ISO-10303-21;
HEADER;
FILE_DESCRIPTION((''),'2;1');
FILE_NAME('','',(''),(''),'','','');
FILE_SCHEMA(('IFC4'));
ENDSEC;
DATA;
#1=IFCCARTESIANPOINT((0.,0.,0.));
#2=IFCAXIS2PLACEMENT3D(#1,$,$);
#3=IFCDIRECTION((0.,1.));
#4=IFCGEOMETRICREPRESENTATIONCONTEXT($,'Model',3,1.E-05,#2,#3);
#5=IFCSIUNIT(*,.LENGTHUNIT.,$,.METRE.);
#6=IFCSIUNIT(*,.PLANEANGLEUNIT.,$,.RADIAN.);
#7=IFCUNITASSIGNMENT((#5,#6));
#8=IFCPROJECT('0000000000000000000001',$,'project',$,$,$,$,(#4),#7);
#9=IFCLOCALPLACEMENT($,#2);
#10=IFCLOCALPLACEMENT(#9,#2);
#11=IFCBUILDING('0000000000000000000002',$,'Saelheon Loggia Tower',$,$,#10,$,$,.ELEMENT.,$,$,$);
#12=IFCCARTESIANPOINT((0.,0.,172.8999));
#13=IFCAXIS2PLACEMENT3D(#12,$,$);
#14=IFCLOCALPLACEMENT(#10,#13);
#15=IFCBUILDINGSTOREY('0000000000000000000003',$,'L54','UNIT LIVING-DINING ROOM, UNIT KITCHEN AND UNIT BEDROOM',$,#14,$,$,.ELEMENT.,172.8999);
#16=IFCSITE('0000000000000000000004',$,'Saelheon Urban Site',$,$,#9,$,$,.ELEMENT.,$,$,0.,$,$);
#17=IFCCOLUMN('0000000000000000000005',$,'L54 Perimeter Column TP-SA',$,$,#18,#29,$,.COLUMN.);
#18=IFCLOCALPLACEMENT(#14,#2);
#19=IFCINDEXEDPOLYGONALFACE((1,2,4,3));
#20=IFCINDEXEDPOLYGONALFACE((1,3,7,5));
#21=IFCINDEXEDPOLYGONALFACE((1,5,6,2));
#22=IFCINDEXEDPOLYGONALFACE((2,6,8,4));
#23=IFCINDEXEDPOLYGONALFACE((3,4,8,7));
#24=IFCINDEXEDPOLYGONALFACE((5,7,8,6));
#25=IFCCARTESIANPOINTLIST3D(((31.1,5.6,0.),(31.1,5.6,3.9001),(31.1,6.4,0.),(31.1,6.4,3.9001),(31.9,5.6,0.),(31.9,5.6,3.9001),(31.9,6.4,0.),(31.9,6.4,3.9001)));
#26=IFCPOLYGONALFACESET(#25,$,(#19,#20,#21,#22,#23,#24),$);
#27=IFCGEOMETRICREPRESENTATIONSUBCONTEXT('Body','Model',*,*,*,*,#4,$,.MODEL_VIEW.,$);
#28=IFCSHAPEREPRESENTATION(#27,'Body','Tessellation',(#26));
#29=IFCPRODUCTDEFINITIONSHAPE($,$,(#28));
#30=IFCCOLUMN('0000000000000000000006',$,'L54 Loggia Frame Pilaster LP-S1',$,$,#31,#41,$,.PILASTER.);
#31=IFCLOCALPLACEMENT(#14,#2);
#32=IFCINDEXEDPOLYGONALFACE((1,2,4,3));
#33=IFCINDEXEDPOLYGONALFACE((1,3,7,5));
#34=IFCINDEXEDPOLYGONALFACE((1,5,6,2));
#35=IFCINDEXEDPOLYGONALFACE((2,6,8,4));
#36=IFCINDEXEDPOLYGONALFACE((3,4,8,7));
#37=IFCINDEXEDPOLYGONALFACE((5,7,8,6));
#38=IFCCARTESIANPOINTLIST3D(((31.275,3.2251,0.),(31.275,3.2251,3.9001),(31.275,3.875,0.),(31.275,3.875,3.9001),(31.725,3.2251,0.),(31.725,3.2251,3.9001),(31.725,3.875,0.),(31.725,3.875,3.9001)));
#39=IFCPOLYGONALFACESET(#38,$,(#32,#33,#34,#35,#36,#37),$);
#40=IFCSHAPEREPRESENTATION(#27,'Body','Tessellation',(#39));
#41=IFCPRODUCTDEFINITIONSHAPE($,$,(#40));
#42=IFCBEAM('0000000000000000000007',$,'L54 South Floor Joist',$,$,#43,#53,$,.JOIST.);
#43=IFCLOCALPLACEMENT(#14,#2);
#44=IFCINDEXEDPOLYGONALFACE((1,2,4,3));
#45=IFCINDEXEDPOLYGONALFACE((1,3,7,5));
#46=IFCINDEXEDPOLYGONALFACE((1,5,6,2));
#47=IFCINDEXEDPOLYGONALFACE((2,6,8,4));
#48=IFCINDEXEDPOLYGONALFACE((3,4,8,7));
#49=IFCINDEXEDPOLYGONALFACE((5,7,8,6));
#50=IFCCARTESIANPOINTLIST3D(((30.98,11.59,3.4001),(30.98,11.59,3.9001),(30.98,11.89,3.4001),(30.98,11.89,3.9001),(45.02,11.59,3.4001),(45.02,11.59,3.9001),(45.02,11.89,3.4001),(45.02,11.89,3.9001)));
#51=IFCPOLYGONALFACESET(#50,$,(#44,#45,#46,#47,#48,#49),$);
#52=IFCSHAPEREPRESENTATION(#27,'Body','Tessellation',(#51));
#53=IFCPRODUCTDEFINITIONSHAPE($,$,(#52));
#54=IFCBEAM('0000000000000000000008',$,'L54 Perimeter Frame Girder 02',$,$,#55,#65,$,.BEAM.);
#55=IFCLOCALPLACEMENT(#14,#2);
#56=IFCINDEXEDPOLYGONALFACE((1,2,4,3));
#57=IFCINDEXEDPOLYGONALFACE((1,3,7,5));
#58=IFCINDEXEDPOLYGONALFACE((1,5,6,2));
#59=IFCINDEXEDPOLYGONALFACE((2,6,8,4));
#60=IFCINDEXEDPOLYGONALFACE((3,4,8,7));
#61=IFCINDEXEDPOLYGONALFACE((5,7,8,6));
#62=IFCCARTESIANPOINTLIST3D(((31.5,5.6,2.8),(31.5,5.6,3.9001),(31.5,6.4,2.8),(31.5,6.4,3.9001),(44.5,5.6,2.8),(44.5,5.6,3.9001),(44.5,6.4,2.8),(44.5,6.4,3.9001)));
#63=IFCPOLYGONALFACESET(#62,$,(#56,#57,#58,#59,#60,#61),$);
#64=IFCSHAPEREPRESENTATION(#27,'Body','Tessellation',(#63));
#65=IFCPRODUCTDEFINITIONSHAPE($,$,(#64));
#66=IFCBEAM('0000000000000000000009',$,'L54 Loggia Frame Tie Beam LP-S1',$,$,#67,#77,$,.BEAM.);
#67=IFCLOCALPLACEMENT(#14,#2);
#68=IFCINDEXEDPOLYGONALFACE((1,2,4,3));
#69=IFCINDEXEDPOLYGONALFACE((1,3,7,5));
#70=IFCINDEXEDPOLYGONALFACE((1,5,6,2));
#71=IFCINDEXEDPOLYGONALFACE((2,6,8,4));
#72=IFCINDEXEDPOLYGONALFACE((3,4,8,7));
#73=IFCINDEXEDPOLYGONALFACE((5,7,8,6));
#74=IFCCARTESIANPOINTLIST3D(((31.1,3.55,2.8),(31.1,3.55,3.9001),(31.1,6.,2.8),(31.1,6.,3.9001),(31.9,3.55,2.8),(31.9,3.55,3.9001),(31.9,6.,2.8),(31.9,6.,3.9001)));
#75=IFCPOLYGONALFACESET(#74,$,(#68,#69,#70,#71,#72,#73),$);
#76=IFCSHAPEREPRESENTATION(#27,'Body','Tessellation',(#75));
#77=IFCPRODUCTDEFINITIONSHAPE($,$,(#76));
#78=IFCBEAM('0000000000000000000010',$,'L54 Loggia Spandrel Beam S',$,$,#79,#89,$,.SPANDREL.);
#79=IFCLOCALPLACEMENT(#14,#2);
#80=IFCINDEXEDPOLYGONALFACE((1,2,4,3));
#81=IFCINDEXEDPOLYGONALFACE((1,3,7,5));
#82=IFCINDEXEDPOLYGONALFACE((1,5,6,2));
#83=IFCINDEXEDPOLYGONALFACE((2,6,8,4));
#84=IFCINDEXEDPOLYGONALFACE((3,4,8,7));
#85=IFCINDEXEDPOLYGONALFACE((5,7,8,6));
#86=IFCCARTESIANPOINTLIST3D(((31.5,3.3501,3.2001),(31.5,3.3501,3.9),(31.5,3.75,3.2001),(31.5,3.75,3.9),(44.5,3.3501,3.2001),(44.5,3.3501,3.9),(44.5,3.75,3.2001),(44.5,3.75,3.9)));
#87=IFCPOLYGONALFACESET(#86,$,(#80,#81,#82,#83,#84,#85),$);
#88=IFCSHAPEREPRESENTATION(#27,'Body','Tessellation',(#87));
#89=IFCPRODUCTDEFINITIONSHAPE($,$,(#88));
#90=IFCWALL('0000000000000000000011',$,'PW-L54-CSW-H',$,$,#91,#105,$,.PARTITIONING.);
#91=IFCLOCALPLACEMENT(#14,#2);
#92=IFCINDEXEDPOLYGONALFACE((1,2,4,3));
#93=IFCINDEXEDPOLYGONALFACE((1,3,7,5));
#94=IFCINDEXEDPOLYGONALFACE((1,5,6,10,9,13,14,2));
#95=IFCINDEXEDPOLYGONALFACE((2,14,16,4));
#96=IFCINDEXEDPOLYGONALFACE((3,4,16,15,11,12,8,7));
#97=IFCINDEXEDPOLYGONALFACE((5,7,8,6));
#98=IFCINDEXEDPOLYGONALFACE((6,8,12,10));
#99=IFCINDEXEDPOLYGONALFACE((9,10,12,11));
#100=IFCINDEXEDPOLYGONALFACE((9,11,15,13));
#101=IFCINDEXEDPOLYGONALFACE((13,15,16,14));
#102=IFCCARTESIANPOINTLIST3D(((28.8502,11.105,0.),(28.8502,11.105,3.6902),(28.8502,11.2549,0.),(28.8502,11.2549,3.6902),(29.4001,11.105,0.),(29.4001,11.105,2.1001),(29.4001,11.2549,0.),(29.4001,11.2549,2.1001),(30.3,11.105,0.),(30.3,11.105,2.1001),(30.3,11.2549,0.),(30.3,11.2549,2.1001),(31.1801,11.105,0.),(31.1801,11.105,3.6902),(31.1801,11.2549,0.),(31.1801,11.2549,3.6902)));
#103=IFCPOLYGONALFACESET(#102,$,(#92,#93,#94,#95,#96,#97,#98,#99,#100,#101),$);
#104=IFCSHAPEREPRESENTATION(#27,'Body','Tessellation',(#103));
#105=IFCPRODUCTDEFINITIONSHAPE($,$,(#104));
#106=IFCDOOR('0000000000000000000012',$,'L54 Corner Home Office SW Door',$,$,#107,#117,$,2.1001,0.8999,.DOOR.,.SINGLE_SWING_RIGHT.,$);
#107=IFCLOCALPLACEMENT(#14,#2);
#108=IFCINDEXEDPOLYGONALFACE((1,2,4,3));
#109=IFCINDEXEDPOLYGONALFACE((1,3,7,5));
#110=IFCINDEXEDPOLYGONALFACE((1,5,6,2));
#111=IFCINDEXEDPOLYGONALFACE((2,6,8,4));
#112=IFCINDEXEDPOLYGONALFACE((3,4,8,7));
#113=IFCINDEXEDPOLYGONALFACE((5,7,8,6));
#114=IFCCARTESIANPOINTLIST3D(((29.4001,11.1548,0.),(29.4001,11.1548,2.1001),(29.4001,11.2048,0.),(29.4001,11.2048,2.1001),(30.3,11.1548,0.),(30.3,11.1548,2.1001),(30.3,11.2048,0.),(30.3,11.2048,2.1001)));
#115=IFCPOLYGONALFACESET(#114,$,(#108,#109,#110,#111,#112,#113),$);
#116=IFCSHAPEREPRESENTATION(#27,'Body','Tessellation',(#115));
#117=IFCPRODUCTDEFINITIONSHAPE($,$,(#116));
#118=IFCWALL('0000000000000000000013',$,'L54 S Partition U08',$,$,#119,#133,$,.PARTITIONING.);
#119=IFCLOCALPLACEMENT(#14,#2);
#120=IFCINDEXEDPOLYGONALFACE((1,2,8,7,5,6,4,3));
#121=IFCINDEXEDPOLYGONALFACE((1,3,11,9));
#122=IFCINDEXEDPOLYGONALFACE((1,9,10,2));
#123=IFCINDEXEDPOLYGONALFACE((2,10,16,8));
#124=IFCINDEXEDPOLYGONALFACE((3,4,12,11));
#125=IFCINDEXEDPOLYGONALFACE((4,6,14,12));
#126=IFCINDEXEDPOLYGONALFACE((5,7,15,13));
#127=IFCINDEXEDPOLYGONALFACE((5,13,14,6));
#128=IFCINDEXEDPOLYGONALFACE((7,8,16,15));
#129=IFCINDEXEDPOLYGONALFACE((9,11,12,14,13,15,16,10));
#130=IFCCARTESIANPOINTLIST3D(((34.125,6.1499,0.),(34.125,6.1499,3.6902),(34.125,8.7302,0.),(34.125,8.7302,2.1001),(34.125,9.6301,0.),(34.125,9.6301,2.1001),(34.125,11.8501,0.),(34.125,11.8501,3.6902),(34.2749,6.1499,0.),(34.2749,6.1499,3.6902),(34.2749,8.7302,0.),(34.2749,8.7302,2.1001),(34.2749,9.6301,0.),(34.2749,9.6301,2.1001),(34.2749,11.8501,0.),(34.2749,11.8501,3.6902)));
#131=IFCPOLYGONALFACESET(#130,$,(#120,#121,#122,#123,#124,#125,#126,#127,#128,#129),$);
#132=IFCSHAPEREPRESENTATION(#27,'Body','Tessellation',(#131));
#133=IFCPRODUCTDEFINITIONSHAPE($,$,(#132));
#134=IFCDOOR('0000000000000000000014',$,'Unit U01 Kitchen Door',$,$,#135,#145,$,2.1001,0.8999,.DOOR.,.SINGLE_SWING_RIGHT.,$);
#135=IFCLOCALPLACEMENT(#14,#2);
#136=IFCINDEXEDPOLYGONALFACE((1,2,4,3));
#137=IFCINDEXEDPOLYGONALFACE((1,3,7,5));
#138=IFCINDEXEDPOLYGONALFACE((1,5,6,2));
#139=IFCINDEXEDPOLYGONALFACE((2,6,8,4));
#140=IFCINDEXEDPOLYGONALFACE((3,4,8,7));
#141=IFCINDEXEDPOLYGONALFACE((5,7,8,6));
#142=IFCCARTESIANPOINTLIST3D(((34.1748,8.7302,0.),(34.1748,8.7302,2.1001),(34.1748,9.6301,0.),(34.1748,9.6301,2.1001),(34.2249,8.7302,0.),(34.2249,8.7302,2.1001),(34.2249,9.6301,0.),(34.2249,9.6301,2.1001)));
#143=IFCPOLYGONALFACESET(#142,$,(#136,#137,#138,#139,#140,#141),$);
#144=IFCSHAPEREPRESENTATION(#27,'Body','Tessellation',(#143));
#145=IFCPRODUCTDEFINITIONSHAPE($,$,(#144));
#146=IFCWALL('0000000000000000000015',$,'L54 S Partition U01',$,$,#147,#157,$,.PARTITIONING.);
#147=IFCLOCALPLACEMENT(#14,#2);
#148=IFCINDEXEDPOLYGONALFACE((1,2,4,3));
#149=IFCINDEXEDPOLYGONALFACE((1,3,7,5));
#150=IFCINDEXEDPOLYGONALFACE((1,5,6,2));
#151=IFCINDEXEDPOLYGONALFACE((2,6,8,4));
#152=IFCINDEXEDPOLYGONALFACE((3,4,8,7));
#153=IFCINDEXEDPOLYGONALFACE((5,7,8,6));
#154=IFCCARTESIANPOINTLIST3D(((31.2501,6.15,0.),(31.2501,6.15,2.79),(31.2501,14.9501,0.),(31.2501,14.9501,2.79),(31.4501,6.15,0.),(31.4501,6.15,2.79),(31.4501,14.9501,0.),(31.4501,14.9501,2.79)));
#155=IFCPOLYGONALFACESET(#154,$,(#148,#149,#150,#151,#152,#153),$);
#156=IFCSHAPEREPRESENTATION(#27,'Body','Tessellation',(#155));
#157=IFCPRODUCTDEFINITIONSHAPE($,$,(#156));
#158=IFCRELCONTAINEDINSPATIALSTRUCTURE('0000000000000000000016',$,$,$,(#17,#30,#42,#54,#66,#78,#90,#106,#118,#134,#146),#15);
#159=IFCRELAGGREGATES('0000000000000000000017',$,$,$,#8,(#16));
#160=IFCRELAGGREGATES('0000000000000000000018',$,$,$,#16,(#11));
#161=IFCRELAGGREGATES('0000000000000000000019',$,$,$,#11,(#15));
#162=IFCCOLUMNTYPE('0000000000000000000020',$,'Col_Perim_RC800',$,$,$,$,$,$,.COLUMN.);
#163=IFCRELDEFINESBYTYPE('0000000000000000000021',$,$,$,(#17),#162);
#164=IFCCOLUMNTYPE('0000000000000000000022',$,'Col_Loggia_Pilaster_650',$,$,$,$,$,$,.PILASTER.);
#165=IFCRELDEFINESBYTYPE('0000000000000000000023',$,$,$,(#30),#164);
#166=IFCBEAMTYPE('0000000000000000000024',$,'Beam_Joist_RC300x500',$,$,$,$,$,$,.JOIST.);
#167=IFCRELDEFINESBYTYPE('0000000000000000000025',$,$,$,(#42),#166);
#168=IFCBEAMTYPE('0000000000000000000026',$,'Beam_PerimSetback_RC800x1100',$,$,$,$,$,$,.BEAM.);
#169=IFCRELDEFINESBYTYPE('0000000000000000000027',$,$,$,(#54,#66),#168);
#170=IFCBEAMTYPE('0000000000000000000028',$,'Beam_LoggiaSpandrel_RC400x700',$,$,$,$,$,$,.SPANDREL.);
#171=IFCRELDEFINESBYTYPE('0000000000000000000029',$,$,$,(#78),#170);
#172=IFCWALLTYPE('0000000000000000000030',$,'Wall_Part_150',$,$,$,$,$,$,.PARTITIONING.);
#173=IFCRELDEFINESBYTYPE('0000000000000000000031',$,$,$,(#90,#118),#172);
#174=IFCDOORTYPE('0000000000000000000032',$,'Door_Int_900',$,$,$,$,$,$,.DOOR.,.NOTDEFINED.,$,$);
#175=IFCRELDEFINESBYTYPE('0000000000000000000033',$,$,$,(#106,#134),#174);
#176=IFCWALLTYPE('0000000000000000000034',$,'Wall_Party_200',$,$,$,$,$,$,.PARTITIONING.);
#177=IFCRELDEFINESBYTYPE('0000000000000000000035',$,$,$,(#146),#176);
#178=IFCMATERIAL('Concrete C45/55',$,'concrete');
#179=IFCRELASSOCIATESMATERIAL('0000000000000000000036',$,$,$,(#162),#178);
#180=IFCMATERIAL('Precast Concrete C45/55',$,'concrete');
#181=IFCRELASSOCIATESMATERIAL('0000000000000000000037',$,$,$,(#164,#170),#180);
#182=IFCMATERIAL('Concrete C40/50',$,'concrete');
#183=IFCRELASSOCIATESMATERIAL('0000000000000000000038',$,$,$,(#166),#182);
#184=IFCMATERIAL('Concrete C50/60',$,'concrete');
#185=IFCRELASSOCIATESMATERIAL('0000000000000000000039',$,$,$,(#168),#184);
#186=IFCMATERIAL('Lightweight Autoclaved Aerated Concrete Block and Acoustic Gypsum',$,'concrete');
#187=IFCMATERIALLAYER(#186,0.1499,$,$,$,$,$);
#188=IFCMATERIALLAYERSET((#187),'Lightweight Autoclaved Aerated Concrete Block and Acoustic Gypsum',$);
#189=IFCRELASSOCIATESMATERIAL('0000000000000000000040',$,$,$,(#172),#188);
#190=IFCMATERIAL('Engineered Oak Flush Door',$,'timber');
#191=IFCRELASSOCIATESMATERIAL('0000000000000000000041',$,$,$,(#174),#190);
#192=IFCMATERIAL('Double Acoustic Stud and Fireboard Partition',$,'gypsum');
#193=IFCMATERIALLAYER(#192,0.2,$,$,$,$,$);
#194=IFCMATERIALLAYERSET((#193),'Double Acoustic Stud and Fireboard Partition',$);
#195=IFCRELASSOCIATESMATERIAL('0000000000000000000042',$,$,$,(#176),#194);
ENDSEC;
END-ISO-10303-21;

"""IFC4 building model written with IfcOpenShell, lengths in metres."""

from ifc_helpers import new_model, si_unit, direction, frame, frame_2d, origin, origin_2d, place, context, subcontext, project, spatial, rectangle, extrude, source, transform, mapped, material, layer, layer_set, material_profile, profile_set, type_object, element, fill, save


model = new_model("IFC4")

# Units and contexts
model_context = context("Model", 3, precision=1e-05, world=origin(), true_north=direction((0.0, 1.0)))
body_context = subcontext(model_context, "Body", "Model", "MODEL_VIEW")
ifc_project = project(units=[si_unit("LENGTHUNIT", "METRE"), si_unit("PLANEANGLEUNIT", "RADIAN")], contexts=[model_context])

# Site, building, storey
site_placement = place(None, origin())
site = spatial("IfcSite", under=ifc_project, at=site_placement, Name="Saelheon Urban Site", CompositionType="ELEMENT", RefElevation=0.0)
building_placement = place(site_placement, origin())
building = spatial("IfcBuilding", under=site, at=building_placement, Name="Saelheon Loggia Tower", CompositionType="ELEMENT")
storey_placement = place(building_placement, frame((0.0, 0.0, 172.8999)))
storey = spatial("IfcBuildingStorey", under=building, at=storey_placement, Name="L54", Description="UNIT LIVING-DINING ROOM, UNIT KITCHEN AND UNIT BEDROOM", CompositionType="ELEMENT", Elevation=172.8999)

# Columns
ifc_material_1 = material(Name="Concrete C45/55", Category="concrete")
ifc_material_profile_1 = material_profile(ifc_material_1, rectangle(XDim=0.8, YDim=0.8, at=origin_2d()), Name="RC-800x800")
ifc_profile_set_1 = profile_set([ifc_material_profile_1], Name="Concrete C45/55")
column_type_1 = type_object("IfcColumnType", Name="Col_Perim_RC800", PredefinedType="COLUMN", material=ifc_profile_set_1)
shared_shape_1 = source(origin(), body_context, "Body", "SweptSolid", [
    extrude(rectangle(XDim=0.8, YDim=0.8, at=origin_2d()), origin(), (0.0, 0.0, 1.0), 3.9001),
])
column_1_placement = place(storey_placement, frame((31.5, 6.0, 0.0), z_axis=(0.0, 0.0, 1.0), x_axis=(1.0, 0.0, 0.0)))
element("IfcColumn", 1, at=column_1_placement, inside=storey, type_object=column_type_1, Name="L54 Perimeter Column TP-SA", PredefinedType="COLUMN", context=body_context, shape_type="MappedRepresentation", body=[
    mapped(shared_shape_1, transform((0.0, 0.0, 0.0), scale=1.0)),
])
ifc_material_2 = material(Name="Precast Concrete C45/55", Category="concrete")
ifc_material_profile_2 = material_profile(ifc_material_2, rectangle(XDim=0.45, YDim=0.6499, at=origin_2d()), Name="RC-450x650")
ifc_profile_set_2 = profile_set([ifc_material_profile_2], Name="Precast Concrete C45/55")
column_type_2 = type_object("IfcColumnType", Name="Col_Loggia_Pilaster_650", PredefinedType="PILASTER", material=ifc_profile_set_2)
shared_shape_2 = source(origin(), body_context, "Body", "SweptSolid", [
    extrude(rectangle(XDim=0.45, YDim=0.6499, at=origin_2d()), origin(), (0.0, 0.0, 1.0), 3.9001),
])
column_2_placement = place(storey_placement, frame((31.5, 3.55, 0.0), z_axis=(0.0, 0.0, 1.0), x_axis=(1.0, 0.0, 0.0)))
element("IfcColumn", 2, at=column_2_placement, inside=storey, type_object=column_type_2, Name="L54 Loggia Frame Pilaster LP-S1", PredefinedType="PILASTER", context=body_context, shape_type="MappedRepresentation", body=[
    mapped(shared_shape_2, transform((0.0, 0.0, 0.0), scale=1.0)),
])

# Beams
ifc_material_3 = material(Name="Concrete C40/50", Category="concrete")
ifc_material_profile_3 = material_profile(ifc_material_3, rectangle(XDim=0.3, YDim=0.5, at=origin_2d()), Name="RC-300x500")
ifc_profile_set_3 = profile_set([ifc_material_profile_3], Name="Concrete C40/50")
beam_type_1 = type_object("IfcBeamType", Name="Beam_Joist_RC300x500", PredefinedType="JOIST", material=ifc_profile_set_3)
shared_shape_3 = source(origin(), body_context, "Body", "SweptSolid", [
    extrude(rectangle(XDim=0.3, YDim=0.5, at=origin_2d()), origin(), (0.0, 0.0, 1.0), 14.04),
])
beam_1_placement = place(storey_placement, frame((30.98, 11.74, 3.6501), z_axis=(1.0, 0.0, 0.0), x_axis=(0.0, 1.0, 0.0)))
element("IfcBeam", 3, at=beam_1_placement, inside=storey, type_object=beam_type_1, Name="L54 South Floor Joist", PredefinedType="JOIST", context=body_context, shape_type="MappedRepresentation", body=[
    mapped(shared_shape_3, transform((0.0, 0.0, 0.0), scale=1.0)),
])
ifc_material_4 = material(Name="Concrete C50/60", Category="concrete")
ifc_material_profile_4 = material_profile(ifc_material_4, rectangle(XDim=0.8, YDim=1.1001, at=origin_2d()), Name="RC-800x1100")
ifc_profile_set_4 = profile_set([ifc_material_profile_4], Name="Concrete C50/60")
beam_type_2 = type_object("IfcBeamType", Name="Beam_PerimSetback_RC800x1100", PredefinedType="BEAM", material=ifc_profile_set_4)
shared_shape_4 = source(origin(), body_context, "Body", "SweptSolid", [
    extrude(rectangle(XDim=0.8, YDim=1.1001, at=origin_2d()), origin(), (0.0, 0.0, 1.0), 13.0),
])
beam_2_placement = place(storey_placement, frame((31.5, 6.0, 3.3501), z_axis=(1.0, 0.0, 0.0), x_axis=(0.0, 1.0, 0.0)))
element("IfcBeam", 4, at=beam_2_placement, inside=storey, type_object=beam_type_2, Name="L54 Perimeter Frame Girder 02", PredefinedType="BEAM", context=body_context, shape_type="MappedRepresentation", body=[
    mapped(shared_shape_4, transform((0.0, 0.0, 0.0), scale=1.0)),
])
shared_shape_5 = source(origin(), body_context, "Body", "SweptSolid", [
    extrude(rectangle(XDim=0.8, YDim=1.1001, at=origin_2d()), origin(), (0.0, 0.0, 1.0), 2.45),
])
beam_3_placement = place(storey_placement, frame((31.5, 6.0, 3.3501), z_axis=(0.0, -1.0, 0.0), x_axis=(1.0, 0.0, 0.0)))
element("IfcBeam", 5, at=beam_3_placement, inside=storey, type_object=beam_type_2, Name="L54 Loggia Frame Tie Beam LP-S1", PredefinedType="BEAM", context=body_context, shape_type="MappedRepresentation", body=[
    mapped(shared_shape_5, transform((0.0, 0.0, 0.0), scale=1.0)),
])
ifc_material_profile_5 = material_profile(ifc_material_2, rectangle(XDim=0.3999, YDim=0.7, at=origin_2d()), Name="RC-400x700")
ifc_profile_set_5 = profile_set([ifc_material_profile_5], Name="Precast Concrete C45/55")
beam_type_3 = type_object("IfcBeamType", Name="Beam_LoggiaSpandrel_RC400x700", PredefinedType="SPANDREL", material=ifc_profile_set_5)
shared_shape_6 = source(origin(), body_context, "Body", "SweptSolid", [
    extrude(rectangle(XDim=0.3999, YDim=0.7, at=origin_2d()), origin(), (0.0, 0.0, 1.0), 13.0),
])
beam_4_placement = place(storey_placement, frame((31.5, 3.55, 3.55), z_axis=(1.0, 0.0, 0.0), x_axis=(0.0, 1.0, 0.0)))
element("IfcBeam", 6, at=beam_4_placement, inside=storey, type_object=beam_type_3, Name="L54 Loggia Spandrel Beam S", PredefinedType="SPANDREL", context=body_context, shape_type="MappedRepresentation", body=[
    mapped(shared_shape_6, transform((0.0, 0.0, 0.0), scale=1.0)),
])

# Walls, openings, doors
ifc_material_5 = material(Name="Lightweight Autoclaved Aerated Concrete Block and Acoustic Gypsum", Category="concrete")
ifc_layer_1 = layer(ifc_material_5, 0.1499)
ifc_layer_set_1 = layer_set([ifc_layer_1], Name="Lightweight Autoclaved Aerated Concrete Block and Acoustic Gypsum")
wall_type_1 = type_object("IfcWallType", Name="Wall_Part_150", PredefinedType="PARTITIONING", material=ifc_layer_set_1)
wall_1_placement = place(storey_placement, frame((28.8501, 11.1799, 0.0), z_axis=(0.0, 0.0, 1.0), x_axis=(1.0, 0.0, 0.0)))
wall_1 = element("IfcWall", 7, at=wall_1_placement, inside=storey, type_object=wall_type_1, Name="PW-L54-CSW-H", PredefinedType="PARTITIONING", context=body_context, shape_type="SweptSolid", body=[
    extrude(rectangle(XDim=2.3298, YDim=0.1499, at=frame_2d((1.165, 0.0))), origin(), (0.0, 0.0, 1.0), 3.6902),
])
opening_1_placement = place(wall_1_placement, frame((0.55, 0.0, 0.0)))
opening_1 = element("IfcOpeningElement", 8, at=opening_1_placement, cuts=wall_1, PredefinedType="OPENING", context=body_context, shape_type="SweptSolid", body=[
    extrude(rectangle(XDim=0.8999, YDim=2.1001, at=frame_2d((0.45, 1.05))), frame((0.0, 0.0869, 0.0), z_axis=(0.0, -1.0, 0.0), x_axis=(1.0, 0.0, 0.0)), (0.0, 0.0, 1.0), 0.1738),
])
ifc_material_6 = material(Name="Engineered Oak Flush Door", Category="timber")
door_type_1 = type_object("IfcDoorType", Name="Door_Int_900", OperationType="NOTDEFINED", PredefinedType="DOOR", material=ifc_material_6)
shared_shape_7 = source(origin(), body_context, "Body", "SweptSolid", [
    extrude(rectangle(XDim=0.8999, YDim=2.1001, at=frame_2d((0.45, 1.05))), frame((0.0, 0.0249, 0.0), z_axis=(0.0, -1.0, 0.0), x_axis=(1.0, 0.0, 0.0)), (0.0, 0.0, 1.0), 0.05),
])
door_1_placement = place(opening_1_placement, origin())
door_1 = element("IfcDoor", 9, at=door_1_placement, inside=storey, type_object=door_type_1, Name="L54 Corner Home Office SW Door", OperationType="SINGLE_SWING_RIGHT", OverallHeight=2.1001, OverallWidth=0.8999, PredefinedType="DOOR", context=body_context, shape_type="MappedRepresentation", body=[
    mapped(shared_shape_7, transform((0.0, 0.0, 0.0), scale=1.0)),
])
fill(opening_1, door_1)
wall_2_placement = place(storey_placement, frame((34.2, 11.8501, 0.0), z_axis=(0.0, 0.0, 1.0), x_axis=(0.0, -1.0, 0.0)))
wall_2 = element("IfcWall", 10, at=wall_2_placement, inside=storey, type_object=wall_type_1, Name="L54 S Partition U08", PredefinedType="PARTITIONING", context=body_context, shape_type="SweptSolid", body=[
    extrude(rectangle(XDim=5.7002, YDim=0.1499, at=frame_2d((2.8501, 0.0))), origin(), (0.0, 0.0, 1.0), 3.6902),
])
opening_2_placement = place(wall_2_placement, frame((2.22, 0.0, 0.0)))
opening_2 = element("IfcOpeningElement", 11, at=opening_2_placement, cuts=wall_2, PredefinedType="OPENING", context=body_context, shape_type="SweptSolid", body=[
    extrude(rectangle(XDim=0.8999, YDim=2.1001, at=frame_2d((0.45, 1.05))), frame((0.0, 0.0869, 0.0), z_axis=(0.0, -1.0, 0.0), x_axis=(1.0, 0.0, 0.0)), (0.0, 0.0, 1.0), 0.1738),
])
door_2_placement = place(opening_2_placement, origin())
door_2 = element("IfcDoor", 12, at=door_2_placement, inside=storey, type_object=door_type_1, Name="Unit U01 Kitchen Door", OperationType="SINGLE_SWING_RIGHT", OverallHeight=2.1001, OverallWidth=0.8999, PredefinedType="DOOR", context=body_context, shape_type="MappedRepresentation", body=[
    mapped(shared_shape_7, transform((0.0, 0.0, 0.0), scale=1.0)),
])
fill(opening_2, door_2)

# Wall
ifc_material_7 = material(Name="Double Acoustic Stud and Fireboard Partition", Category="gypsum")
ifc_layer_2 = layer(ifc_material_7, 0.2)
ifc_layer_set_2 = layer_set([ifc_layer_2], Name="Double Acoustic Stud and Fireboard Partition")
wall_type_2 = type_object("IfcWallType", Name="Wall_Party_200", PredefinedType="PARTITIONING", material=ifc_layer_set_2)
wall_3_placement = place(storey_placement, frame((31.3501, 14.95, 0.0), z_axis=(0.0, 0.0, 1.0), x_axis=(0.0, -1.0, 0.0)))
element("IfcWall", 13, at=wall_3_placement, inside=storey, type_object=wall_type_2, Name="L54 S Partition U01", PredefinedType="PARTITIONING", context=body_context, shape_type="SweptSolid", body=[
    extrude(rectangle(XDim=8.8, YDim=0.2, at=frame_2d((4.3999, 0.0))), origin(), (0.0, 0.0, 1.0), 2.79),
])

save(model, "model.ifc")
